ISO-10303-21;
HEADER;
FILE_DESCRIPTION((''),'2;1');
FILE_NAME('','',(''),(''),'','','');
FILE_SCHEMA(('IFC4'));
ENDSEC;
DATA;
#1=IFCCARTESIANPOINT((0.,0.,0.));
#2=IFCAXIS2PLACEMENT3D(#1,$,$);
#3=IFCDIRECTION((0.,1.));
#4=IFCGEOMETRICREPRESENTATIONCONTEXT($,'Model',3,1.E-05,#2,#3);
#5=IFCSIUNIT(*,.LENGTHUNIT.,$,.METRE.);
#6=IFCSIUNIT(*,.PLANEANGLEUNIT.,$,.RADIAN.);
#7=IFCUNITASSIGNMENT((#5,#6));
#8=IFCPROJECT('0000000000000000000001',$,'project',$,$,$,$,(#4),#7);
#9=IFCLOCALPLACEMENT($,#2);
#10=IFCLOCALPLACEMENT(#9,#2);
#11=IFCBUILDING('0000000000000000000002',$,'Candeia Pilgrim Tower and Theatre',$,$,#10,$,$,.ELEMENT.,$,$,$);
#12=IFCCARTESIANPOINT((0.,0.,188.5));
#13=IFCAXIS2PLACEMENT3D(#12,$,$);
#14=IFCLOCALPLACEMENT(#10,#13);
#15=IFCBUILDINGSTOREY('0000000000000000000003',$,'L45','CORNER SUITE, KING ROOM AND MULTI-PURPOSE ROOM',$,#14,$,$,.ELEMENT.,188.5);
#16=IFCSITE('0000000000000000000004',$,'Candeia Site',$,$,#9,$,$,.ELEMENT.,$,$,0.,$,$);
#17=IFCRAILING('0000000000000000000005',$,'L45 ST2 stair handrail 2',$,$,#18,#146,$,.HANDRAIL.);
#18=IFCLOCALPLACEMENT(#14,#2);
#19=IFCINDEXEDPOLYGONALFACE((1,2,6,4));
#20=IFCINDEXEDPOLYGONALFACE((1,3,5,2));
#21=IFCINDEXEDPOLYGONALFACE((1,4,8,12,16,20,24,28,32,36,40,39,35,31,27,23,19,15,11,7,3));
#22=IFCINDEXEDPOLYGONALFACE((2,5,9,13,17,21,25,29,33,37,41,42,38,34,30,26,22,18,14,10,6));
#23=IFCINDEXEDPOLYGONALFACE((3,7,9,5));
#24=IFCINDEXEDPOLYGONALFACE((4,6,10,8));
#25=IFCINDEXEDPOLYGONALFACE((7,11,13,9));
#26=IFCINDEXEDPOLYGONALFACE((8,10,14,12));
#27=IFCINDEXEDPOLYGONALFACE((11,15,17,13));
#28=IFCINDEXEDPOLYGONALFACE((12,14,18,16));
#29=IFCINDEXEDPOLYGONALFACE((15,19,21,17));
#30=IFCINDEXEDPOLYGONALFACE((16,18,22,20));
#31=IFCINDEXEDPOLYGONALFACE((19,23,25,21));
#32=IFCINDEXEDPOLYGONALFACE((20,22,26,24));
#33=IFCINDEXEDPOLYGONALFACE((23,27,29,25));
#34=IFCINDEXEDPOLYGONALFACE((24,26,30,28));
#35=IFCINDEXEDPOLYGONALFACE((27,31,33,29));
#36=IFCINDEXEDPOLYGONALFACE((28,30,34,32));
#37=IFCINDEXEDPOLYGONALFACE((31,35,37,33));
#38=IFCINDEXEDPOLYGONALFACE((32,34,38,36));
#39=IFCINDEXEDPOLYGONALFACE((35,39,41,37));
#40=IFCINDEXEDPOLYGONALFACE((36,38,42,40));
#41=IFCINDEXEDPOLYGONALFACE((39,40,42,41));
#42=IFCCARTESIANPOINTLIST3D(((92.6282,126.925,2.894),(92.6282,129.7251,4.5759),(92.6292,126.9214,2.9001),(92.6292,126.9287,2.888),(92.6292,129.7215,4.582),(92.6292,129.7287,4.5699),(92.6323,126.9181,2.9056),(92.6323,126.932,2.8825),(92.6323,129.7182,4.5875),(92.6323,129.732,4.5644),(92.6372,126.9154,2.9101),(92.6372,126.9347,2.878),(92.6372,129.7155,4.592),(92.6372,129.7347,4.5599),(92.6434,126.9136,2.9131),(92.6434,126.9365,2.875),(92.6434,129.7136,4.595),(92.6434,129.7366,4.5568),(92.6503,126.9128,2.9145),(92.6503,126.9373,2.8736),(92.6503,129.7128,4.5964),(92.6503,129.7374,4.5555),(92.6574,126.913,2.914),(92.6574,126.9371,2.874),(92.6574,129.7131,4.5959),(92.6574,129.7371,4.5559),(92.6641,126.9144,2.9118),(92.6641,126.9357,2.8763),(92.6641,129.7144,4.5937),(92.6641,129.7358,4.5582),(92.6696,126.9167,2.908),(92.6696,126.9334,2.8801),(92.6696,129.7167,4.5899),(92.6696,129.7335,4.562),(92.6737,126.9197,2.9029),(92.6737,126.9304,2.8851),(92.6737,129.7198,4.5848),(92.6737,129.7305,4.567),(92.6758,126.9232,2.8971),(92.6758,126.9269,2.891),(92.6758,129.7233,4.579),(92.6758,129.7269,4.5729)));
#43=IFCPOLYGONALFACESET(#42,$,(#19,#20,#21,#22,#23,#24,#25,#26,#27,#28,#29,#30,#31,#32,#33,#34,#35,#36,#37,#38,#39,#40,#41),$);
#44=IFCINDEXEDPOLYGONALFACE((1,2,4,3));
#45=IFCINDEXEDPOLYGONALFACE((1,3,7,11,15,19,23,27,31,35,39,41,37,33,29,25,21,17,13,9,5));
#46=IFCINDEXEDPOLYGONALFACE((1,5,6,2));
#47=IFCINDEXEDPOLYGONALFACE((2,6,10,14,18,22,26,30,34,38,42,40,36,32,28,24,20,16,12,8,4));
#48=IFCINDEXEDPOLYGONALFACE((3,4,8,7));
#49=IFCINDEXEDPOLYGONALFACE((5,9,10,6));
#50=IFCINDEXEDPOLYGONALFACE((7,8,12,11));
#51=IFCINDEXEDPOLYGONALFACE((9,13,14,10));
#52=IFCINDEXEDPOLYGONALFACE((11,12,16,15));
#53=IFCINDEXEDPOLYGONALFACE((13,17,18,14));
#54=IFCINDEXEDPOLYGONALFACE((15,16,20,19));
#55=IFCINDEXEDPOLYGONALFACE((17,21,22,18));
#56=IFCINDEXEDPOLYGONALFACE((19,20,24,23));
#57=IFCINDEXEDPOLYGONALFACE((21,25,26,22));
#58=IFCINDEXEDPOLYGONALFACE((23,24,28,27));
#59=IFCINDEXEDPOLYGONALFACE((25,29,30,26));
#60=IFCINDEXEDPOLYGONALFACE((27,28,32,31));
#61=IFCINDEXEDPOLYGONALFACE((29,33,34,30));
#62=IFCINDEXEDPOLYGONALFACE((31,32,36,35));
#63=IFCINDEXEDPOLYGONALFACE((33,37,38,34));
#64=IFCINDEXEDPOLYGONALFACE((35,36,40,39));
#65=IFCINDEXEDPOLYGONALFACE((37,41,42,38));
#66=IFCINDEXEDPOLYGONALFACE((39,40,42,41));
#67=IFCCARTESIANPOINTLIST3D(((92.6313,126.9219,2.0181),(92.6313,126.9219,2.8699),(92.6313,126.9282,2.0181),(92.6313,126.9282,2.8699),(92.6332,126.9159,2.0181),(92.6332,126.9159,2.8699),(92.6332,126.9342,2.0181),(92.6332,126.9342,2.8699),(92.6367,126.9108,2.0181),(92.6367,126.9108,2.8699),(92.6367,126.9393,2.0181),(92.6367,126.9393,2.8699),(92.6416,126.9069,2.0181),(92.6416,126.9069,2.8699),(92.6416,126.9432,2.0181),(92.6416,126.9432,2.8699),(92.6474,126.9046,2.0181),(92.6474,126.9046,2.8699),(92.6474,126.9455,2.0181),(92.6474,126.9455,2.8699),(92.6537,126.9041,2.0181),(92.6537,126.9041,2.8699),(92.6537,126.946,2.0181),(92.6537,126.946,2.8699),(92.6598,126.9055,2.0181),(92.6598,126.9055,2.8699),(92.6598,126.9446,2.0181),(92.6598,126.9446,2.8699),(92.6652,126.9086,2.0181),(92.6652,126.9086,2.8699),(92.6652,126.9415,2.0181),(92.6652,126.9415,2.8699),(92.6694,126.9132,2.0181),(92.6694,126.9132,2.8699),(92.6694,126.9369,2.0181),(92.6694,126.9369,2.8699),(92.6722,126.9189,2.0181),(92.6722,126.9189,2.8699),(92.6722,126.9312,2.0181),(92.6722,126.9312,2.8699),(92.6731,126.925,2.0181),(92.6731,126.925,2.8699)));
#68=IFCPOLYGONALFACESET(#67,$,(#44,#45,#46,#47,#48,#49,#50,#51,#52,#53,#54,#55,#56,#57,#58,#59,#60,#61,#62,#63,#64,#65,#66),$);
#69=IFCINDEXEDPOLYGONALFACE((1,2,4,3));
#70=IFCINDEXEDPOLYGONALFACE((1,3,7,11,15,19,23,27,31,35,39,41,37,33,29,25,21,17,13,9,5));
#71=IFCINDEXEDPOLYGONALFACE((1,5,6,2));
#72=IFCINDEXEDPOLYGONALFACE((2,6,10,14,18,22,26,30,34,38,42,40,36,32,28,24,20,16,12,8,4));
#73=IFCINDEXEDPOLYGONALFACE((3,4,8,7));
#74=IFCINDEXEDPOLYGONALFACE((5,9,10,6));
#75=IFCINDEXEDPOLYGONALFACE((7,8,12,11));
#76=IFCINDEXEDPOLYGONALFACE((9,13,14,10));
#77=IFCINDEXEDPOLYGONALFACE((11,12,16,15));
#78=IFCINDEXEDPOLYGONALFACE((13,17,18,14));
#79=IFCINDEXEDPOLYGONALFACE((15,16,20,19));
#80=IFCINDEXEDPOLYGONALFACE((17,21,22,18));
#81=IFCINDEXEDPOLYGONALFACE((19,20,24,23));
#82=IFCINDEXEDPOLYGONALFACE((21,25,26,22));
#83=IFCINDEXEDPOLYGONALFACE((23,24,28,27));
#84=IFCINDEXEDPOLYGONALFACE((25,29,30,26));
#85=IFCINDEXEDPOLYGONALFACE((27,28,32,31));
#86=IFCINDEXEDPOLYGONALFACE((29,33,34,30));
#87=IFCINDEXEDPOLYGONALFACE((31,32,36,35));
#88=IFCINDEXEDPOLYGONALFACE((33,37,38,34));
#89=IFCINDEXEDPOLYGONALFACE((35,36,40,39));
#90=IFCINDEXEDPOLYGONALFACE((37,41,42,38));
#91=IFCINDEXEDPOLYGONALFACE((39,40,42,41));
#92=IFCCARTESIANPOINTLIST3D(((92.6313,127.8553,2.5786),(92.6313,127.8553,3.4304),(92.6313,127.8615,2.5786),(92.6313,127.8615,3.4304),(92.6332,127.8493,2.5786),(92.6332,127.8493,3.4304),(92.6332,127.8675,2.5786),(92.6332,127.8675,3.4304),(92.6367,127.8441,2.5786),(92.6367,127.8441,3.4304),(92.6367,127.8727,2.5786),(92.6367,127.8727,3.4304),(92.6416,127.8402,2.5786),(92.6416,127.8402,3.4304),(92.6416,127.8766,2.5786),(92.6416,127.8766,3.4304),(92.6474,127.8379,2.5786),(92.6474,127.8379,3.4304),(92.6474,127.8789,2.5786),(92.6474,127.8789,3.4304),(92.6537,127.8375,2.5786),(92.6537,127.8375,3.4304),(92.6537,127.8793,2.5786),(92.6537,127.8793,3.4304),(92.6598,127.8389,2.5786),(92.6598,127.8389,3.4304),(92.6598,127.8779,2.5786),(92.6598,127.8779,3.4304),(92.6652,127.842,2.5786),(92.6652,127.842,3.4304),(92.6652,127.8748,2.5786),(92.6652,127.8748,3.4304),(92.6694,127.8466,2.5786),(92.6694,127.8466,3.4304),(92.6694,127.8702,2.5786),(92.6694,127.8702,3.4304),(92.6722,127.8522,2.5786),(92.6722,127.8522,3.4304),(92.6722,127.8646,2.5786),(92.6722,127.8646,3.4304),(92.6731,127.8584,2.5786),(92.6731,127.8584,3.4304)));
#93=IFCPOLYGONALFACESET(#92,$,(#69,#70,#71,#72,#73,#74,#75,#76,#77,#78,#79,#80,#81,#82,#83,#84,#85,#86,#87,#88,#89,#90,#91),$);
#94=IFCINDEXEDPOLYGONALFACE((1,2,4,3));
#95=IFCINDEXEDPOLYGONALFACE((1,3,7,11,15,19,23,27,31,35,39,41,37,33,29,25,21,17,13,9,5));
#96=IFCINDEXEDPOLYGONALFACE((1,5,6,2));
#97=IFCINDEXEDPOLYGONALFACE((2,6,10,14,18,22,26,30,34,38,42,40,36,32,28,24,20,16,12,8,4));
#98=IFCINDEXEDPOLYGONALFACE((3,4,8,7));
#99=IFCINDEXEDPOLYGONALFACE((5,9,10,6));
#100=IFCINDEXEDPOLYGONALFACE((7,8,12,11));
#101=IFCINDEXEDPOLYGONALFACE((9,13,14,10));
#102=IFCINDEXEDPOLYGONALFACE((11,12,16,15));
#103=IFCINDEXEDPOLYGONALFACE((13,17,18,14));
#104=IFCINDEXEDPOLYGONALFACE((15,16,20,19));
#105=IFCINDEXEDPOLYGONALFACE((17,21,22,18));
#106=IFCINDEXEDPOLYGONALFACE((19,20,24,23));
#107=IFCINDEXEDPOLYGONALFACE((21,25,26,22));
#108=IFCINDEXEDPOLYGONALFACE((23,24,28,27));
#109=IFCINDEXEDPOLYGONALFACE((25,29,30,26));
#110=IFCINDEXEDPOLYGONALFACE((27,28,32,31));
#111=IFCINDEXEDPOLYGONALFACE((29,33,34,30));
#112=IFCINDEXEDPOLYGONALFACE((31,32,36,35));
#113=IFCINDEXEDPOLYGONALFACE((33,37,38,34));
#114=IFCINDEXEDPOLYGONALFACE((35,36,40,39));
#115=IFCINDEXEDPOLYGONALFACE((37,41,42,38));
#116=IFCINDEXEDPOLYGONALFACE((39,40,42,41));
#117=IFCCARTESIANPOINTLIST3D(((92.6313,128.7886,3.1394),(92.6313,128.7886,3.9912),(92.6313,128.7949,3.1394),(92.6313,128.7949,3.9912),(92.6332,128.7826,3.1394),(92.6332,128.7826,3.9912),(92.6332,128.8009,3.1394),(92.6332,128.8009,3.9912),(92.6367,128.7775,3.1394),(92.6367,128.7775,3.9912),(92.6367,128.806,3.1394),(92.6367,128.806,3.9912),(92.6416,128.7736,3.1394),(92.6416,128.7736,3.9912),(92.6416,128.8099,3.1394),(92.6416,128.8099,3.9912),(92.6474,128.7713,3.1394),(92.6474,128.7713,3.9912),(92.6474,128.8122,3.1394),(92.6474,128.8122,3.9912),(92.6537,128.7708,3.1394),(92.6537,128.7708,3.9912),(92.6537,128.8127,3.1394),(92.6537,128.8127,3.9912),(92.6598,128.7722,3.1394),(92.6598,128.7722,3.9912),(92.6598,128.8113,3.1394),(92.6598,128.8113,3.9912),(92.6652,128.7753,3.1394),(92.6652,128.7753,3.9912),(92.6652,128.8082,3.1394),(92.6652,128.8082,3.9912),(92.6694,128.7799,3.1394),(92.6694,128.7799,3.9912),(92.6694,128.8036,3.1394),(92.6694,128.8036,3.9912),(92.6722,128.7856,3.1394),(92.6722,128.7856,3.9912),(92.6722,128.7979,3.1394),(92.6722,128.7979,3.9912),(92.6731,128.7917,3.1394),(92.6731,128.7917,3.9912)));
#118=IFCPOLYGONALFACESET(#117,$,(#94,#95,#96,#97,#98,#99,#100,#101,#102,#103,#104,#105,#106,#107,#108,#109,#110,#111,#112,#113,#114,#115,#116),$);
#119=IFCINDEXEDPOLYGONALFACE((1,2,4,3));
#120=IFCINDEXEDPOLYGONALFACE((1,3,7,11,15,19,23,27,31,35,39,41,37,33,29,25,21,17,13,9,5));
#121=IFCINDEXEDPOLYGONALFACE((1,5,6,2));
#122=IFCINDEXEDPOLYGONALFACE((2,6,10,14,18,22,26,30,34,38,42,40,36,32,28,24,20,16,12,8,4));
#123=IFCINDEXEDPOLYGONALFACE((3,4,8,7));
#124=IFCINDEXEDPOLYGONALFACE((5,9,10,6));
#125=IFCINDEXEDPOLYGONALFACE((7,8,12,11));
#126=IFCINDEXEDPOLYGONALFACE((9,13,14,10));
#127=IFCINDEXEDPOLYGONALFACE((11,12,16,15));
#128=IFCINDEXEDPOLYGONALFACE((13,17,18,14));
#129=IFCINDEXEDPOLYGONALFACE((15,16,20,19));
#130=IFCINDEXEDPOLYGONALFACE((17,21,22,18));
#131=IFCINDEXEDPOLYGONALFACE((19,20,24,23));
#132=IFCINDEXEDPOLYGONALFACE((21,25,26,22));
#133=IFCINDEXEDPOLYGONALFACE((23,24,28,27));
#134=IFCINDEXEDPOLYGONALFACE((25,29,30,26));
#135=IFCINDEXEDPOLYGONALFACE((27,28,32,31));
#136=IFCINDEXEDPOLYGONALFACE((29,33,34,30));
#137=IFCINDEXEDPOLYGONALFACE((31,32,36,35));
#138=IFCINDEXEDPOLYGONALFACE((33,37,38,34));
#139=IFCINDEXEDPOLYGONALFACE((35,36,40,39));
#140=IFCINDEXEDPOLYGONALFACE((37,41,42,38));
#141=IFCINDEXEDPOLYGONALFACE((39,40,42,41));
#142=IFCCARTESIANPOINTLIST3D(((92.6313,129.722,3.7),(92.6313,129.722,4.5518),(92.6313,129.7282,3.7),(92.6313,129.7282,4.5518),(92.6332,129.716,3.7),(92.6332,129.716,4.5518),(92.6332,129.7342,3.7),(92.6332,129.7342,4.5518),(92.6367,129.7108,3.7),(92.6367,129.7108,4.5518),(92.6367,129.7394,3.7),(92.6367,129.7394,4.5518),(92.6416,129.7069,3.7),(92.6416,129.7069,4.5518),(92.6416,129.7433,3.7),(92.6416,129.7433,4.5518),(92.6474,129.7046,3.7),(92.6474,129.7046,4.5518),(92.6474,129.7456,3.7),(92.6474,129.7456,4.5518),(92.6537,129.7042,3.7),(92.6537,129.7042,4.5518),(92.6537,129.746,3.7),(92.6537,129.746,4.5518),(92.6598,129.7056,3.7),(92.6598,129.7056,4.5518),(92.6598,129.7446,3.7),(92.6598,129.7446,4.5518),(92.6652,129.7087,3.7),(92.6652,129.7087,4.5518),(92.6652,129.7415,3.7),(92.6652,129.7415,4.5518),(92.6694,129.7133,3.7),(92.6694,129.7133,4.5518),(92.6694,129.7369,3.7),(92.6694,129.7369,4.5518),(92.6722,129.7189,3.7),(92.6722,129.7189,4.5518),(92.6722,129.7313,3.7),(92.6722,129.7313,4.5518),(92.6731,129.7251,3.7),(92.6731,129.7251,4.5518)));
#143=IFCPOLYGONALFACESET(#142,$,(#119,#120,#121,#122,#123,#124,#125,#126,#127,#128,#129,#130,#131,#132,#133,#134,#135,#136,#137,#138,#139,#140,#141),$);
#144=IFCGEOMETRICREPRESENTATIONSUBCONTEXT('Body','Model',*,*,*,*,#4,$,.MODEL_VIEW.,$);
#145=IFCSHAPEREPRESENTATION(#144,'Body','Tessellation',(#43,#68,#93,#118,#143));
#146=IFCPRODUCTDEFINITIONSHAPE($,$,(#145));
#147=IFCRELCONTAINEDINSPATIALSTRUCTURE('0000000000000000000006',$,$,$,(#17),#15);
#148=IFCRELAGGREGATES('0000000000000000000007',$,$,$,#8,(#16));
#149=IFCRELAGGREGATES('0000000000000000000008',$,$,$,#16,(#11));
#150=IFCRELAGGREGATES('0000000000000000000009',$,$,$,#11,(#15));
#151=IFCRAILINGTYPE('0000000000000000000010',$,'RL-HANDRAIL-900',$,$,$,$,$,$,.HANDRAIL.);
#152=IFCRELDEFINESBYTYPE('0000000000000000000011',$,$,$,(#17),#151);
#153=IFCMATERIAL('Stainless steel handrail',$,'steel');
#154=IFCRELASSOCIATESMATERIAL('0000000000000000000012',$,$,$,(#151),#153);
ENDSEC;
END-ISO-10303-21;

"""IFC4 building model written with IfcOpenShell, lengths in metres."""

from ifc_helpers import new_model, si_unit, direction, frame, origin, origin_2d, place, context, subcontext, project, spatial, circle, extrude, material, type_object, element, save


model = new_model("IFC4")

# Units and contexts
model_context = context("Model", 3, precision=1e-05, world=origin(), true_north=direction((0.0, 1.0)))
body_context = subcontext(model_context, "Body", "Model", "MODEL_VIEW")
ifc_project = project(units=[si_unit("LENGTHUNIT", "METRE"), si_unit("PLANEANGLEUNIT", "RADIAN")], contexts=[model_context])

# Site, building, storey
site_placement = place(None, origin())
site = spatial("IfcSite", under=ifc_project, at=site_placement, Name="Candeia Site", CompositionType="ELEMENT", RefElevation=0.0)
building_placement = place(site_placement, origin())
building = spatial("IfcBuilding", under=site, at=building_placement, Name="Candeia Pilgrim Tower and Theatre", CompositionType="ELEMENT")
storey_placement = place(building_placement, frame((0.0, 0.0, 188.5)))
storey = spatial("IfcBuildingStorey", under=building, at=storey_placement, Name="L45", Description="CORNER SUITE, KING ROOM AND MULTI-PURPOSE ROOM", CompositionType="ELEMENT", Elevation=188.5)

# Railing
ifc_material_1 = material(Name="Stainless steel handrail", Category="steel")
railing_type_1 = type_object("IfcRailingType", Name="RL-HANDRAIL-900", PredefinedType="HANDRAIL", material=ifc_material_1)
railing_1_placement = place(storey_placement, frame((92.6521, 126.925, 2.0181)))
element("IfcRailing", 1, at=railing_1_placement, inside=storey, type_object=railing_type_1, Name="L45 ST2 stair handrail 2", PredefinedType="HANDRAIL", context=body_context, shape_type="SweptSolid", body=[
    extrude(circle(Radius=0.0239, at=origin_2d()), frame((0.0, 0.0, 0.876), z_axis=(0.0, 0.857242, 0.514913), x_axis=(-1.0, 0.0, 0.0)), (0.0, 0.0, 1.0), 3.2664),
    extrude(circle(Radius=0.021, at=origin_2d()), origin(), (0.0, 0.0, 1.0), 0.8518),
    extrude(circle(Radius=0.021, at=origin_2d()), frame((0.0, 0.9333, 0.5605)), (0.0, 0.0, 1.0), 0.8518),
    extrude(circle(Radius=0.021, at=origin_2d()), frame((0.0, 1.8667, 1.1213)), (0.0, 0.0, 1.0), 0.8518),
    extrude(circle(Radius=0.021, at=origin_2d()), frame((0.0, 2.8, 1.6819)), (0.0, 0.0, 1.0), 0.8518),
])

save(model, "model.ifc")
